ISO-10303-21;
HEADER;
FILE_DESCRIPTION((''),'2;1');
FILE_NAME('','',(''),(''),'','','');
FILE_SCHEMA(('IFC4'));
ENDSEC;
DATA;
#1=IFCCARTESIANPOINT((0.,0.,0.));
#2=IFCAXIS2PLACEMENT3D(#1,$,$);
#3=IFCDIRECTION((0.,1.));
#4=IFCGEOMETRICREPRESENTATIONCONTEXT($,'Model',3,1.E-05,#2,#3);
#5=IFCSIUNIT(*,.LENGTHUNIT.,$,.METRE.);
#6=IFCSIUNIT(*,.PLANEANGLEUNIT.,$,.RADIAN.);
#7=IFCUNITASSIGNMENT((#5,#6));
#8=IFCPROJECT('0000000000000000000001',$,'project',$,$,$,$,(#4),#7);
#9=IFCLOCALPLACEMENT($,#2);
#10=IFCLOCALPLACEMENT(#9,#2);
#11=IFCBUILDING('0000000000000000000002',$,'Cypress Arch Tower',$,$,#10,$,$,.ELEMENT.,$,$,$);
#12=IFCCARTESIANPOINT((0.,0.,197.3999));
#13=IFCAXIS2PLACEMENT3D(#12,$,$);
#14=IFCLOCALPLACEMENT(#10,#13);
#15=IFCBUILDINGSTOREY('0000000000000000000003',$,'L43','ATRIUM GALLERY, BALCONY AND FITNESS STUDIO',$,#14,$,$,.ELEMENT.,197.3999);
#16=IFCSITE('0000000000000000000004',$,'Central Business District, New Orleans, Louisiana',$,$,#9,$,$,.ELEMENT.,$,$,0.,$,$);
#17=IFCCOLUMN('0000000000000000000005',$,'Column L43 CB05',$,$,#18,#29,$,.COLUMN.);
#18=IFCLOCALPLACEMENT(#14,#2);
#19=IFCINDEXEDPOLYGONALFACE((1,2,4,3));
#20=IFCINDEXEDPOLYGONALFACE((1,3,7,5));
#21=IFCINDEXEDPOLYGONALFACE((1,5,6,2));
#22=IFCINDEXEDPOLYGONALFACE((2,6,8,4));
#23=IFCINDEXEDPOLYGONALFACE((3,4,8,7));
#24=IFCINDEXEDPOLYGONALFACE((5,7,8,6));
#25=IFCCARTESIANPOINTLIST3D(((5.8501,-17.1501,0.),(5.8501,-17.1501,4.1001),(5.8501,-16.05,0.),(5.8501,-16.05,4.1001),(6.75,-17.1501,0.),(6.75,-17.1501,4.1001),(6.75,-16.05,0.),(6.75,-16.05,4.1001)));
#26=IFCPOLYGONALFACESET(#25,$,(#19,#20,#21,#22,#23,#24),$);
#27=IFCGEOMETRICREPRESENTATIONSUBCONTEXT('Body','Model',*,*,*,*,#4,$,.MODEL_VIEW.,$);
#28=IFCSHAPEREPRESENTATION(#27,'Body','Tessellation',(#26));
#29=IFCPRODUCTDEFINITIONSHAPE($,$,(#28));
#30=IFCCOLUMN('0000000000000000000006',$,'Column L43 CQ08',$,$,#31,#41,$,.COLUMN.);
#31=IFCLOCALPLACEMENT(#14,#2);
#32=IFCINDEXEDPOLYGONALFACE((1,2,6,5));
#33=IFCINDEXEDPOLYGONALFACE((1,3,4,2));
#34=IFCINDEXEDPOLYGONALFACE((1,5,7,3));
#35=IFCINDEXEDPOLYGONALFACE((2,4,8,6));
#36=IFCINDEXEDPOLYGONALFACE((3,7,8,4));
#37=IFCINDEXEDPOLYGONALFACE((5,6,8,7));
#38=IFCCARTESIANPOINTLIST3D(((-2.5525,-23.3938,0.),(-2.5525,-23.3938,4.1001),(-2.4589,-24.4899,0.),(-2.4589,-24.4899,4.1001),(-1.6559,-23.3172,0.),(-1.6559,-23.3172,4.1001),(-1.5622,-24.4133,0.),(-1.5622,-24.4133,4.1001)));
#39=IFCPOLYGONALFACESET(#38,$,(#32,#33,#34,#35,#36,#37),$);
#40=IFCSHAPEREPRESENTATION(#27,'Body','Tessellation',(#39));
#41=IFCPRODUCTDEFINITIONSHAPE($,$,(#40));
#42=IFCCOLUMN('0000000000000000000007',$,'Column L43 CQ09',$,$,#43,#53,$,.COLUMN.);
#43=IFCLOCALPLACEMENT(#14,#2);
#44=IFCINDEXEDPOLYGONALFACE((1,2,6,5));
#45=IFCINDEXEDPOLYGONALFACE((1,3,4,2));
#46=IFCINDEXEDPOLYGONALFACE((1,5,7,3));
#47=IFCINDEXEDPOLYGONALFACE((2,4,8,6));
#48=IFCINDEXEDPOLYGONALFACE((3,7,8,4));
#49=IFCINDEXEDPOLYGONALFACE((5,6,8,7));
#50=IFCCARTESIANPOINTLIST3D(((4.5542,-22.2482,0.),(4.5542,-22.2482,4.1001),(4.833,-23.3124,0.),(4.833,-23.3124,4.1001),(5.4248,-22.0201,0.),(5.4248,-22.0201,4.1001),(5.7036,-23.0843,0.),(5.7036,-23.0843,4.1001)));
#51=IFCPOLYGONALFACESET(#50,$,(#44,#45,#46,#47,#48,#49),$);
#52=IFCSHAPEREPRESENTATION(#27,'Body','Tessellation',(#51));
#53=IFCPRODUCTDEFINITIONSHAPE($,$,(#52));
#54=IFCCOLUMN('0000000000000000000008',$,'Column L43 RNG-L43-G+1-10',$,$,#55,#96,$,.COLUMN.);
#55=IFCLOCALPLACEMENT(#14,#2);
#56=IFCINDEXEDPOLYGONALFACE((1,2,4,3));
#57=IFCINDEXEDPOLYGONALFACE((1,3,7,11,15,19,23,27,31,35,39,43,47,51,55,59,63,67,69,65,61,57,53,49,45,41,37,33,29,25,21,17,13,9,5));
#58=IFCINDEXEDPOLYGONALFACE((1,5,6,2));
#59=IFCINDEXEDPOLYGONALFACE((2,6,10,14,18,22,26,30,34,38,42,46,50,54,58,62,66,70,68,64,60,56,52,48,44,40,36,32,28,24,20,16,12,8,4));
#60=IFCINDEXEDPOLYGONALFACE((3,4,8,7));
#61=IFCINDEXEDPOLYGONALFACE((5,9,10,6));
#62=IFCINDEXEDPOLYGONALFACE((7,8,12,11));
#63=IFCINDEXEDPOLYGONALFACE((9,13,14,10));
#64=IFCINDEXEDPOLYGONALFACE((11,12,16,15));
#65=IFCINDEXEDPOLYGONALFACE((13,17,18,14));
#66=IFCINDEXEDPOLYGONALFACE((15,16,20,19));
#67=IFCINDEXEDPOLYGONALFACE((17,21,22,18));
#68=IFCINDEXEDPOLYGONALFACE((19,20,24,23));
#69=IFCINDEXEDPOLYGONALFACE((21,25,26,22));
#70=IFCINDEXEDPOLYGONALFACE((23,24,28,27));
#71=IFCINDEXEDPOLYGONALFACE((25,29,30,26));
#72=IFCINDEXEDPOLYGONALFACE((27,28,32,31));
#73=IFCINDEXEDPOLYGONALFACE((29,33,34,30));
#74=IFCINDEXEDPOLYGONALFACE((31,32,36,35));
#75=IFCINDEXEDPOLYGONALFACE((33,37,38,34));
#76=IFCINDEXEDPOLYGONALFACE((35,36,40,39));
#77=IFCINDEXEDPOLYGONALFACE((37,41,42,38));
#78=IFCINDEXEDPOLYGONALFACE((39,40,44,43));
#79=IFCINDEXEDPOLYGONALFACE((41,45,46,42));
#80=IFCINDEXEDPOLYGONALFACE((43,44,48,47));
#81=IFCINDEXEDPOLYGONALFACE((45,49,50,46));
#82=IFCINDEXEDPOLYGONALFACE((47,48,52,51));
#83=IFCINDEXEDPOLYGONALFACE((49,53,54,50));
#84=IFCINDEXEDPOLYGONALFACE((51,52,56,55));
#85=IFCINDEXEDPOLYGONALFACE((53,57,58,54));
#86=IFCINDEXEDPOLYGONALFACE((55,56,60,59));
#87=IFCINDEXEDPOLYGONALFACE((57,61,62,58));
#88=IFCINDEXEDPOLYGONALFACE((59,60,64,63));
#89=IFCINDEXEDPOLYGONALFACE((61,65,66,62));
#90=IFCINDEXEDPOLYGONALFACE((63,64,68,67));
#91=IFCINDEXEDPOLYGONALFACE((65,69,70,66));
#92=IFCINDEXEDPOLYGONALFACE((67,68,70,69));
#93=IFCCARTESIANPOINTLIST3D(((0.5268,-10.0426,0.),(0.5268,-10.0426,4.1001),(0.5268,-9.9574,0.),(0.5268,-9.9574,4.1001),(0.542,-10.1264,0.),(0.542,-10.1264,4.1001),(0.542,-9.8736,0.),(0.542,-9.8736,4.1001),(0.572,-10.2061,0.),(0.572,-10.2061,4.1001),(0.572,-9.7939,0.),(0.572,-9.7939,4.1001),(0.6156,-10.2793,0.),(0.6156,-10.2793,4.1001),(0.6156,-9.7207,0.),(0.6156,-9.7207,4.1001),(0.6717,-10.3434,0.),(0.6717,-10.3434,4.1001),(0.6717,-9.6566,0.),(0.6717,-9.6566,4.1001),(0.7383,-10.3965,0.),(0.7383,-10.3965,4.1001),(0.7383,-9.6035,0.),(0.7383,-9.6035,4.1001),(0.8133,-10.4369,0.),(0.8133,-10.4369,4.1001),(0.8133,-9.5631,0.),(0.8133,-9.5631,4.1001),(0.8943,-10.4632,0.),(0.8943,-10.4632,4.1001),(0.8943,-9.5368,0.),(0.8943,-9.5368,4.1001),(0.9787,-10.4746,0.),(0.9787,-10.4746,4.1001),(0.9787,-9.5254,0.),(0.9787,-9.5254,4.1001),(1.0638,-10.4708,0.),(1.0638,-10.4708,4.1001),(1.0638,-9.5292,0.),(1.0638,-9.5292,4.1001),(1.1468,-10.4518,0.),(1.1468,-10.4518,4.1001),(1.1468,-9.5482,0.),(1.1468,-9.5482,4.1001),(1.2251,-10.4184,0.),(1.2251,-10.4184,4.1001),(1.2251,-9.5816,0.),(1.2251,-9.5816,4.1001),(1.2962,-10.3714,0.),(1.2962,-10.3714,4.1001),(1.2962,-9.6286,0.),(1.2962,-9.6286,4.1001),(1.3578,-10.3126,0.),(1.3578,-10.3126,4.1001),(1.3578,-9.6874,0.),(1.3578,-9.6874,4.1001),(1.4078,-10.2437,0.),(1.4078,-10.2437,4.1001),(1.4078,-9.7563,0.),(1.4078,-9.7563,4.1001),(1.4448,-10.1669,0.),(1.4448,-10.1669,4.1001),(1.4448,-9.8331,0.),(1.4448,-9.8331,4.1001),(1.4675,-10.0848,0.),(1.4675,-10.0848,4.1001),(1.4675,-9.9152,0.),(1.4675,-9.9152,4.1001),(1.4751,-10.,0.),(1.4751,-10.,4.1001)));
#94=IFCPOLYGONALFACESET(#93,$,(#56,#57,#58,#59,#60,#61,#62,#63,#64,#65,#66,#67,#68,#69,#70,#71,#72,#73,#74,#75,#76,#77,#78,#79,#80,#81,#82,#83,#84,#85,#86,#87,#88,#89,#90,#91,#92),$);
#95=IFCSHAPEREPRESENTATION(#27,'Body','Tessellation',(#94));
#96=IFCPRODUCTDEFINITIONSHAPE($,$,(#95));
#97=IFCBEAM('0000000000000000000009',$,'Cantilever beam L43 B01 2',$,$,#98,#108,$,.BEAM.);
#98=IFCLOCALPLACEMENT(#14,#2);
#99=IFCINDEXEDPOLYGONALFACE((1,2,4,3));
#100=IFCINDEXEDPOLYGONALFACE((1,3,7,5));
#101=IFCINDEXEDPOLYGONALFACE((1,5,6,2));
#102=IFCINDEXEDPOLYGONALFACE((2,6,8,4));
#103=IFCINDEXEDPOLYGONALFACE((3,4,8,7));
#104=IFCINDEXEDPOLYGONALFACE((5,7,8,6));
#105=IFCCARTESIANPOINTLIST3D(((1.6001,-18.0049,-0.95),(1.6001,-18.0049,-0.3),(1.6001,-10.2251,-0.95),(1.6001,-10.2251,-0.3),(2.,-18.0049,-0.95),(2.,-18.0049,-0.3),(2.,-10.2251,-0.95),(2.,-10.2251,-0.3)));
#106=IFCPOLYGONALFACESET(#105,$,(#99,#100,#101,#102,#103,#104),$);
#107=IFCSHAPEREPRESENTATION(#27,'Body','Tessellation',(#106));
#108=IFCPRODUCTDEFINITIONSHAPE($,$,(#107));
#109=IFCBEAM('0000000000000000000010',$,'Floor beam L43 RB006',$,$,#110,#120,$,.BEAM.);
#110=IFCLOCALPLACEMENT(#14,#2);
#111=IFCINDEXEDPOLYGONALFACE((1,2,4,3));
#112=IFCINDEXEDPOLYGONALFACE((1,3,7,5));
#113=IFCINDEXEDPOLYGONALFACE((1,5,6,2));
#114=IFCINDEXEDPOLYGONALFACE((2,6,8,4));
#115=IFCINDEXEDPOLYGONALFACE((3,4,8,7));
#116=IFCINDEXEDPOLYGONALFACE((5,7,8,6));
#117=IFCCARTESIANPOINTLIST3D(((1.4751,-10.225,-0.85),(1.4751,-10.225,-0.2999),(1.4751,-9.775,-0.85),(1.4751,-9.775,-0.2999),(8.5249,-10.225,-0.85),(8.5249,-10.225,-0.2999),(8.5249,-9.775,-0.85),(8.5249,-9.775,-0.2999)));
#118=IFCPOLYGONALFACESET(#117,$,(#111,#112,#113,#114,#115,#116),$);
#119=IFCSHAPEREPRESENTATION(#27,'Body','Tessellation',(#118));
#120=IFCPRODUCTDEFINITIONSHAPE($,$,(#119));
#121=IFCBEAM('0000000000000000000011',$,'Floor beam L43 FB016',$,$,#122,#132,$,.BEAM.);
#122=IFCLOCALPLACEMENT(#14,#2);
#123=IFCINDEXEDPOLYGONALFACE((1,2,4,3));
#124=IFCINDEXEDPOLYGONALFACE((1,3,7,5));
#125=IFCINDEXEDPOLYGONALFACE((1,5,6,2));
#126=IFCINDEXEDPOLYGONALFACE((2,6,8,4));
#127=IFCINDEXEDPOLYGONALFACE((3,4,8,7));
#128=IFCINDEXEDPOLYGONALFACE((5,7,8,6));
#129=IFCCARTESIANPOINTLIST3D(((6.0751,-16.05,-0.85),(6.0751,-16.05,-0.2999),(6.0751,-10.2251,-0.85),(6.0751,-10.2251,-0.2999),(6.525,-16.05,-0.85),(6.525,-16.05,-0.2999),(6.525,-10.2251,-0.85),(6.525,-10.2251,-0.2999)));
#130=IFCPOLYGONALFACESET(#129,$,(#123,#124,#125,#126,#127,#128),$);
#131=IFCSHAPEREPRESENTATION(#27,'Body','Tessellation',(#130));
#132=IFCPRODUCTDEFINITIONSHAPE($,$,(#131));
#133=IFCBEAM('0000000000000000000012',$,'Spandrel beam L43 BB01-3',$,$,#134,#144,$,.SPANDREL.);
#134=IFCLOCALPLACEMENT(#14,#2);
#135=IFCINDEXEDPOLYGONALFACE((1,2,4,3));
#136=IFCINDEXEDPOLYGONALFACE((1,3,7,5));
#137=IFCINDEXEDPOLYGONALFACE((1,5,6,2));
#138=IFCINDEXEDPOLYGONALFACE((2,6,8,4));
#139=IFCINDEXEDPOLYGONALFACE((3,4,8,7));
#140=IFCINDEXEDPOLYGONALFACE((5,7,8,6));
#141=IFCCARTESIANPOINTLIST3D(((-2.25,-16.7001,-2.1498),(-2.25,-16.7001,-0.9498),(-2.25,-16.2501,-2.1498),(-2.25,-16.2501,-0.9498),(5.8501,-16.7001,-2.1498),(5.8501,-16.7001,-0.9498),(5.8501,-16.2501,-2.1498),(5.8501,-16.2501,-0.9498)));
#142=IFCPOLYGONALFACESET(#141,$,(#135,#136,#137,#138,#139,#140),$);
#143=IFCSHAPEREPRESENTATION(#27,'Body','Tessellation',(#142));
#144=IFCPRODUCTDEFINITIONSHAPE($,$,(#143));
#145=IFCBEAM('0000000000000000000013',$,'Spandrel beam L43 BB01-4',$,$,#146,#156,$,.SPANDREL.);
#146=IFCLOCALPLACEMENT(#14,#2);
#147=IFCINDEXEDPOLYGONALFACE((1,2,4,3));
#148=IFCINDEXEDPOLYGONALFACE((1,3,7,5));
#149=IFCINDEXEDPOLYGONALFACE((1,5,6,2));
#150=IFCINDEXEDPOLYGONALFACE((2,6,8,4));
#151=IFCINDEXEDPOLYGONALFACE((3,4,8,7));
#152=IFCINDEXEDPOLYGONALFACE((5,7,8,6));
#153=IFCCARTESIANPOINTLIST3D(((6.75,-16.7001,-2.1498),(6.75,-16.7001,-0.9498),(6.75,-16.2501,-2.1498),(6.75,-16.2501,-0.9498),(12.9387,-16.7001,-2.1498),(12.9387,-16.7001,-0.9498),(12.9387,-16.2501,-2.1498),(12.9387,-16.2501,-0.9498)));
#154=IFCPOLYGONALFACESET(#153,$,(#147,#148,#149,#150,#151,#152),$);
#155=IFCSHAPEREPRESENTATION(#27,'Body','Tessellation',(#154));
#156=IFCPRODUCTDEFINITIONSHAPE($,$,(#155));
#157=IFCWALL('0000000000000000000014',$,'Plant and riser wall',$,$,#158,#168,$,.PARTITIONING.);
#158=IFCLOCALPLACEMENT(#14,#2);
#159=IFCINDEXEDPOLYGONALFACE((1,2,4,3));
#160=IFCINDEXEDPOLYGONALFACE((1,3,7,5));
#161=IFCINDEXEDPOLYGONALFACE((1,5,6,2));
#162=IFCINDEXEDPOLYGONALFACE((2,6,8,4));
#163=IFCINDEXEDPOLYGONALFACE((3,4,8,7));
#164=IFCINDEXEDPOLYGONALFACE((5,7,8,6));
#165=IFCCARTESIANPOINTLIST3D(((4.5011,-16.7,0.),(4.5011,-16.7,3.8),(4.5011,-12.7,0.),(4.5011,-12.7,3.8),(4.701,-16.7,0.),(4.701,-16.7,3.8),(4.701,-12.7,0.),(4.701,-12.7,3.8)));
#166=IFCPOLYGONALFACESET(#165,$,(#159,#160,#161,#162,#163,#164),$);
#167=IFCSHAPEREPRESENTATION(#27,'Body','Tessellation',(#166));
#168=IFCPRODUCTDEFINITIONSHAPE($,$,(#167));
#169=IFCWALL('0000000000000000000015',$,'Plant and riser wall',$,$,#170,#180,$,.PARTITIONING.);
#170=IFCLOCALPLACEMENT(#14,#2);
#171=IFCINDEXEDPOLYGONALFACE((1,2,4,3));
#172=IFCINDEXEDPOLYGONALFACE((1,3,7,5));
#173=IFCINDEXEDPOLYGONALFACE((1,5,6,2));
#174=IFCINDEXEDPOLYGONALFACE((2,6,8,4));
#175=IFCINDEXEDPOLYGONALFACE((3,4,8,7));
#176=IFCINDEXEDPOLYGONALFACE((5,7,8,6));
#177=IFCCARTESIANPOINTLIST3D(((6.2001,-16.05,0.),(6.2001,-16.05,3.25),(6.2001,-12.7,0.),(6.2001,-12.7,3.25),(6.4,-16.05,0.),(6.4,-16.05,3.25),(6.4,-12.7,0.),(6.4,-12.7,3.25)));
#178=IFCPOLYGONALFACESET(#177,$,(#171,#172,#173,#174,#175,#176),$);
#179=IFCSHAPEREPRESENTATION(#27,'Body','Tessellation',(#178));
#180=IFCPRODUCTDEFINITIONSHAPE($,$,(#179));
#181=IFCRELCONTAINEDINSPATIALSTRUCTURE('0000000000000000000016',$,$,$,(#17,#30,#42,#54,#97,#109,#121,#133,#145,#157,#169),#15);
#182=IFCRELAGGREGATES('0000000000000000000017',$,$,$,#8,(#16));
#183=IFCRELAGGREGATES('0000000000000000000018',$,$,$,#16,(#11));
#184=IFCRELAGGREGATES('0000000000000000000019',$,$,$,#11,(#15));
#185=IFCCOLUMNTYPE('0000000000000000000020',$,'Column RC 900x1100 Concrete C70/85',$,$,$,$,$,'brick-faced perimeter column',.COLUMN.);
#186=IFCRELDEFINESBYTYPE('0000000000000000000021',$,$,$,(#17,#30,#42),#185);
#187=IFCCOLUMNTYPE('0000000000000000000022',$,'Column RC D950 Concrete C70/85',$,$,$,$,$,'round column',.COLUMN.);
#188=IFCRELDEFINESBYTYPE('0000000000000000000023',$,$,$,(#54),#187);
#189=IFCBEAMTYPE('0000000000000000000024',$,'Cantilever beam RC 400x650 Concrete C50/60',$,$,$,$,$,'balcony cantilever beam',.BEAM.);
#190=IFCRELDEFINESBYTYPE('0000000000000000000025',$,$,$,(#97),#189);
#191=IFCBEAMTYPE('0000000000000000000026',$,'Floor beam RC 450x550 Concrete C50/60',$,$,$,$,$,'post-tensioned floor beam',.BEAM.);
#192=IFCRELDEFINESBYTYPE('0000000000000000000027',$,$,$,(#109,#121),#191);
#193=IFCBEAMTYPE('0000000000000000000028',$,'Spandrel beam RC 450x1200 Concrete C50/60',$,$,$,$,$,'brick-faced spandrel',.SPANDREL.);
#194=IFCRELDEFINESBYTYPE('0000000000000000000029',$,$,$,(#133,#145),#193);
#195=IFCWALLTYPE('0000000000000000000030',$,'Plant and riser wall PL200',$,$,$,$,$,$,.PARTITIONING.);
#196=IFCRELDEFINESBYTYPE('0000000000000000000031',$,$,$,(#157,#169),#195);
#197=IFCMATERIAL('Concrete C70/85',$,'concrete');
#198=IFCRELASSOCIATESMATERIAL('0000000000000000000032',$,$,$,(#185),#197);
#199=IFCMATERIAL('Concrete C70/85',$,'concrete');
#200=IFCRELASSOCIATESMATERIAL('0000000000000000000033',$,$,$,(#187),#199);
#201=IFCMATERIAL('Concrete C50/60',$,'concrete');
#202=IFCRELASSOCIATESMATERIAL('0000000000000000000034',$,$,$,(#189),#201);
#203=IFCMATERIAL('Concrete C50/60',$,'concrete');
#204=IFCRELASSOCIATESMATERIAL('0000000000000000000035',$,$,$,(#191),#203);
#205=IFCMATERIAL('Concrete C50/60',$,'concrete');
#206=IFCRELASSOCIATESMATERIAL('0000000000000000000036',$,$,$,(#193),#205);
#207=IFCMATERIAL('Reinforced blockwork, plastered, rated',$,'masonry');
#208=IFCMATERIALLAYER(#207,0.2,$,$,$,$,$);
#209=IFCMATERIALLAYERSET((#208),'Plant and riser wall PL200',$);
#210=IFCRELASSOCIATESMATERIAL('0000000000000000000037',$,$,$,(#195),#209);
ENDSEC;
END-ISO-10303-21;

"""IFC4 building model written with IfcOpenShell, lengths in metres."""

from ifc_helpers import new_model, si_unit, direction, frame, frame_2d, origin, origin_2d, place, context, subcontext, project, spatial, rectangle, circle, extrude, material, layer, layer_set, material_profile, profile_set, type_object, element, save


model = new_model("IFC4")

# Units and contexts
model_context = context("Model", 3, precision=1e-05, world=origin(), true_north=direction((0.0, 1.0)))
body_context = subcontext(model_context, "Body", "Model", "MODEL_VIEW")
ifc_project = project(units=[si_unit("LENGTHUNIT", "METRE"), si_unit("PLANEANGLEUNIT", "RADIAN")], contexts=[model_context])

# Site, building, storey
site_placement = place(None, origin())
site = spatial("IfcSite", under=ifc_project, at=site_placement, Name="Central Business District, New Orleans, Louisiana", CompositionType="ELEMENT", RefElevation=0.0)
building_placement = place(site_placement, origin())
building = spatial("IfcBuilding", under=site, at=building_placement, Name="Cypress Arch Tower", CompositionType="ELEMENT")
storey_placement = place(building_placement, frame((0.0, 0.0, 197.3999)))
storey = spatial("IfcBuildingStorey", under=building, at=storey_placement, Name="L43", Description="ATRIUM GALLERY, BALCONY AND FITNESS STUDIO", CompositionType="ELEMENT", Elevation=197.3999)

# Columns
ifc_material_1 = material(Name="Concrete C70/85", Category="concrete")
ifc_material_profile_1 = material_profile(ifc_material_1, rectangle(XDim=0.8999, YDim=1.1001, at=origin_2d()), Name="RC 900x1100")
ifc_profile_set_1 = profile_set([ifc_material_profile_1], Name="Concrete C70/85")
column_type_1 = type_object("IfcColumnType", Name="Column RC 900x1100 Concrete C70/85", ElementType="brick-faced perimeter column", PredefinedType="COLUMN", material=ifc_profile_set_1)
for number, where, z_axis, x_axis, name in (
    (1, (6.3, -16.6001, 0.0), (0.0, 0.0, 1.0), (1.0, 0.0, 0.0), "Column L43 CB05"),
    (2, (-2.0574, -23.9036, 0.0), (0.0, 0.0, 1.0), (0.996368, 0.085149, 0.0), "Column L43 CQ08"),
    (3, (5.1289, -22.6663, 0.0), (0.0, 0.0, 1.0), (0.967356, 0.253422, 0.0), "Column L43 CQ09"),
):
    element("IfcColumn", number, at=place(storey_placement, frame(where, z_axis=z_axis, x_axis=x_axis)), inside=storey, type_object=column_type_1, Name=name, PredefinedType="COLUMN", context=body_context, shape_type="SweptSolid", body=[
        extrude(rectangle(XDim=0.8999, YDim=1.1001, at=origin_2d()), origin(), (0.0, 0.0, 1.0), 4.1001),
    ])
ifc_material_2 = material(Name="Concrete C70/85", Category="concrete")
ifc_material_profile_2 = material_profile(ifc_material_2, circle(Radius=0.4751, at=origin_2d()), Name="RC D950")
ifc_profile_set_2 = profile_set([ifc_material_profile_2], Name="Concrete C70/85")
column_type_2 = type_object("IfcColumnType", Name="Column RC D950 Concrete C70/85", ElementType="round column", PredefinedType="COLUMN", material=ifc_profile_set_2)
column_placement = place(storey_placement, frame((1.0, -10.0, 0.0), z_axis=(0.0, 0.0, 1.0), x_axis=(1.0, 0.0, 0.0)))
element("IfcColumn", 4, at=column_placement, inside=storey, type_object=column_type_2, Name="Column L43 RNG-L43-G+1-10", PredefinedType="COLUMN", context=body_context, shape_type="SweptSolid", body=[
    extrude(circle(Radius=0.4751, at=origin_2d()), origin(), (0.0, 0.0, 1.0), 4.1001),
])

# Beams
ifc_material_3 = material(Name="Concrete C50/60", Category="concrete")
ifc_material_profile_3 = material_profile(ifc_material_3, rectangle(XDim=0.3999, YDim=0.6499, at=origin_2d()), Name="RC 400x650")
ifc_profile_set_3 = profile_set([ifc_material_profile_3], Name="Concrete C50/60")
beam_type_1 = type_object("IfcBeamType", Name="Cantilever beam RC 400x650 Concrete C50/60", ElementType="balcony cantilever beam", PredefinedType="BEAM", material=ifc_profile_set_3)
beam_1_placement = place(storey_placement, frame((1.8, -10.2251, -0.625), z_axis=(0.0, -1.0, 0.0), x_axis=(1.0, 0.0, 0.0)))
element("IfcBeam", 5, at=beam_1_placement, inside=storey, type_object=beam_type_1, Name="Cantilever beam L43 B01 2", PredefinedType="BEAM", context=body_context, shape_type="SweptSolid", body=[
    extrude(rectangle(XDim=0.3999, YDim=0.6499, at=origin_2d()), origin(), (0.0, 0.0, 1.0), 7.7798),
])
ifc_material_4 = material(Name="Concrete C50/60", Category="concrete")
ifc_material_profile_4 = material_profile(ifc_material_4, rectangle(XDim=0.45, YDim=0.55, at=origin_2d()), Name="RC 450x550")
ifc_profile_set_4 = profile_set([ifc_material_profile_4], Name="Concrete C50/60")
beam_type_2 = type_object("IfcBeamType", Name="Floor beam RC 450x550 Concrete C50/60", ElementType="post-tensioned floor beam", PredefinedType="BEAM", material=ifc_profile_set_4)
beam_2_placement = place(storey_placement, frame((1.4751, -10.0, -0.575), z_axis=(1.0, 0.0, 0.0), x_axis=(0.0, 1.0, 0.0)))
element("IfcBeam", 6, at=beam_2_placement, inside=storey, type_object=beam_type_2, Name="Floor beam L43 RB006", PredefinedType="BEAM", context=body_context, shape_type="SweptSolid", body=[
    extrude(rectangle(XDim=0.45, YDim=0.55, at=origin_2d()), origin(), (0.0, 0.0, 1.0), 7.0498),
])
beam_3_placement = place(storey_placement, frame((6.3, -16.05, -0.575), z_axis=(0.0, 1.0, 0.0), x_axis=(-1.0, 0.0, 0.0)))
element("IfcBeam", 7, at=beam_3_placement, inside=storey, type_object=beam_type_2, Name="Floor beam L43 FB016", PredefinedType="BEAM", context=body_context, shape_type="SweptSolid", body=[
    extrude(rectangle(XDim=0.45, YDim=0.55, at=origin_2d()), origin(), (0.0, 0.0, 1.0), 5.825),
])
ifc_material_5 = material(Name="Concrete C50/60", Category="concrete")
ifc_material_profile_5 = material_profile(ifc_material_5, rectangle(XDim=0.45, YDim=1.2, at=origin_2d()), Name="RC 450x1200")
ifc_profile_set_5 = profile_set([ifc_material_profile_5], Name="Concrete C50/60")
beam_type_3 = type_object("IfcBeamType", Name="Spandrel beam RC 450x1200 Concrete C50/60", ElementType="brick-faced spandrel", PredefinedType="SPANDREL", material=ifc_profile_set_5)
beam_4_placement = place(storey_placement, frame((-2.25, -16.4751, -1.5498), z_axis=(1.0, 0.0, 0.0), x_axis=(0.0, 1.0, 0.0)))
element("IfcBeam", 8, at=beam_4_placement, inside=storey, type_object=beam_type_3, Name="Spandrel beam L43 BB01-3", PredefinedType="SPANDREL", context=body_context, shape_type="SweptSolid", body=[
    extrude(rectangle(XDim=0.45, YDim=1.2, at=origin_2d()), origin(), (0.0, 0.0, 1.0), 8.1001),
])
beam_5_placement = place(storey_placement, frame((6.75, -16.4751, -1.5498), z_axis=(1.0, 0.0, 0.0), x_axis=(0.0, 1.0, 0.0)))
element("IfcBeam", 9, at=beam_5_placement, inside=storey, type_object=beam_type_3, Name="Spandrel beam L43 BB01-4", PredefinedType="SPANDREL", context=body_context, shape_type="SweptSolid", body=[
    extrude(rectangle(XDim=0.45, YDim=1.2, at=origin_2d()), origin(), (0.0, 0.0, 1.0), 6.1887),
])

# Shared definitions
ifc_material_6 = material(Name="Reinforced blockwork, plastered, rated", Category="masonry")
ifc_layer_1 = layer(ifc_material_6, 0.2)
ifc_layer_set_1 = layer_set([ifc_layer_1], Name="Plant and riser wall PL200")
wall_type_1 = type_object("IfcWallType", Name="Plant and riser wall PL200", PredefinedType="PARTITIONING", material=ifc_layer_set_1)

# Walls
wall_1_placement = place(storey_placement, frame((4.6011, -16.7, 0.0), z_axis=(0.0, 0.0, 1.0), x_axis=(0.0, 1.0, 0.0)))
element("IfcWall", 10, at=wall_1_placement, inside=storey, type_object=wall_type_1, Name="Plant and riser wall", PredefinedType="PARTITIONING", context=body_context, shape_type="SweptSolid", body=[
    extrude(rectangle(XDim=4.0, YDim=0.2, at=frame_2d((2.0, 0.0))), origin(), (0.0, 0.0, 1.0), 3.8),
])
wall_2_placement = place(storey_placement, frame((6.3, -16.05, 0.0), z_axis=(0.0, 0.0, 1.0), x_axis=(0.0, 1.0, 0.0)))
element("IfcWall", 11, at=wall_2_placement, inside=storey, type_object=wall_type_1, Name="Plant and riser wall", PredefinedType="PARTITIONING", context=body_context, shape_type="SweptSolid", body=[
    extrude(rectangle(XDim=3.3501, YDim=0.2, at=frame_2d((1.675, 0.0))), origin(), (0.0, 0.0, 1.0), 3.25),
])

save(model, "model.ifc")
